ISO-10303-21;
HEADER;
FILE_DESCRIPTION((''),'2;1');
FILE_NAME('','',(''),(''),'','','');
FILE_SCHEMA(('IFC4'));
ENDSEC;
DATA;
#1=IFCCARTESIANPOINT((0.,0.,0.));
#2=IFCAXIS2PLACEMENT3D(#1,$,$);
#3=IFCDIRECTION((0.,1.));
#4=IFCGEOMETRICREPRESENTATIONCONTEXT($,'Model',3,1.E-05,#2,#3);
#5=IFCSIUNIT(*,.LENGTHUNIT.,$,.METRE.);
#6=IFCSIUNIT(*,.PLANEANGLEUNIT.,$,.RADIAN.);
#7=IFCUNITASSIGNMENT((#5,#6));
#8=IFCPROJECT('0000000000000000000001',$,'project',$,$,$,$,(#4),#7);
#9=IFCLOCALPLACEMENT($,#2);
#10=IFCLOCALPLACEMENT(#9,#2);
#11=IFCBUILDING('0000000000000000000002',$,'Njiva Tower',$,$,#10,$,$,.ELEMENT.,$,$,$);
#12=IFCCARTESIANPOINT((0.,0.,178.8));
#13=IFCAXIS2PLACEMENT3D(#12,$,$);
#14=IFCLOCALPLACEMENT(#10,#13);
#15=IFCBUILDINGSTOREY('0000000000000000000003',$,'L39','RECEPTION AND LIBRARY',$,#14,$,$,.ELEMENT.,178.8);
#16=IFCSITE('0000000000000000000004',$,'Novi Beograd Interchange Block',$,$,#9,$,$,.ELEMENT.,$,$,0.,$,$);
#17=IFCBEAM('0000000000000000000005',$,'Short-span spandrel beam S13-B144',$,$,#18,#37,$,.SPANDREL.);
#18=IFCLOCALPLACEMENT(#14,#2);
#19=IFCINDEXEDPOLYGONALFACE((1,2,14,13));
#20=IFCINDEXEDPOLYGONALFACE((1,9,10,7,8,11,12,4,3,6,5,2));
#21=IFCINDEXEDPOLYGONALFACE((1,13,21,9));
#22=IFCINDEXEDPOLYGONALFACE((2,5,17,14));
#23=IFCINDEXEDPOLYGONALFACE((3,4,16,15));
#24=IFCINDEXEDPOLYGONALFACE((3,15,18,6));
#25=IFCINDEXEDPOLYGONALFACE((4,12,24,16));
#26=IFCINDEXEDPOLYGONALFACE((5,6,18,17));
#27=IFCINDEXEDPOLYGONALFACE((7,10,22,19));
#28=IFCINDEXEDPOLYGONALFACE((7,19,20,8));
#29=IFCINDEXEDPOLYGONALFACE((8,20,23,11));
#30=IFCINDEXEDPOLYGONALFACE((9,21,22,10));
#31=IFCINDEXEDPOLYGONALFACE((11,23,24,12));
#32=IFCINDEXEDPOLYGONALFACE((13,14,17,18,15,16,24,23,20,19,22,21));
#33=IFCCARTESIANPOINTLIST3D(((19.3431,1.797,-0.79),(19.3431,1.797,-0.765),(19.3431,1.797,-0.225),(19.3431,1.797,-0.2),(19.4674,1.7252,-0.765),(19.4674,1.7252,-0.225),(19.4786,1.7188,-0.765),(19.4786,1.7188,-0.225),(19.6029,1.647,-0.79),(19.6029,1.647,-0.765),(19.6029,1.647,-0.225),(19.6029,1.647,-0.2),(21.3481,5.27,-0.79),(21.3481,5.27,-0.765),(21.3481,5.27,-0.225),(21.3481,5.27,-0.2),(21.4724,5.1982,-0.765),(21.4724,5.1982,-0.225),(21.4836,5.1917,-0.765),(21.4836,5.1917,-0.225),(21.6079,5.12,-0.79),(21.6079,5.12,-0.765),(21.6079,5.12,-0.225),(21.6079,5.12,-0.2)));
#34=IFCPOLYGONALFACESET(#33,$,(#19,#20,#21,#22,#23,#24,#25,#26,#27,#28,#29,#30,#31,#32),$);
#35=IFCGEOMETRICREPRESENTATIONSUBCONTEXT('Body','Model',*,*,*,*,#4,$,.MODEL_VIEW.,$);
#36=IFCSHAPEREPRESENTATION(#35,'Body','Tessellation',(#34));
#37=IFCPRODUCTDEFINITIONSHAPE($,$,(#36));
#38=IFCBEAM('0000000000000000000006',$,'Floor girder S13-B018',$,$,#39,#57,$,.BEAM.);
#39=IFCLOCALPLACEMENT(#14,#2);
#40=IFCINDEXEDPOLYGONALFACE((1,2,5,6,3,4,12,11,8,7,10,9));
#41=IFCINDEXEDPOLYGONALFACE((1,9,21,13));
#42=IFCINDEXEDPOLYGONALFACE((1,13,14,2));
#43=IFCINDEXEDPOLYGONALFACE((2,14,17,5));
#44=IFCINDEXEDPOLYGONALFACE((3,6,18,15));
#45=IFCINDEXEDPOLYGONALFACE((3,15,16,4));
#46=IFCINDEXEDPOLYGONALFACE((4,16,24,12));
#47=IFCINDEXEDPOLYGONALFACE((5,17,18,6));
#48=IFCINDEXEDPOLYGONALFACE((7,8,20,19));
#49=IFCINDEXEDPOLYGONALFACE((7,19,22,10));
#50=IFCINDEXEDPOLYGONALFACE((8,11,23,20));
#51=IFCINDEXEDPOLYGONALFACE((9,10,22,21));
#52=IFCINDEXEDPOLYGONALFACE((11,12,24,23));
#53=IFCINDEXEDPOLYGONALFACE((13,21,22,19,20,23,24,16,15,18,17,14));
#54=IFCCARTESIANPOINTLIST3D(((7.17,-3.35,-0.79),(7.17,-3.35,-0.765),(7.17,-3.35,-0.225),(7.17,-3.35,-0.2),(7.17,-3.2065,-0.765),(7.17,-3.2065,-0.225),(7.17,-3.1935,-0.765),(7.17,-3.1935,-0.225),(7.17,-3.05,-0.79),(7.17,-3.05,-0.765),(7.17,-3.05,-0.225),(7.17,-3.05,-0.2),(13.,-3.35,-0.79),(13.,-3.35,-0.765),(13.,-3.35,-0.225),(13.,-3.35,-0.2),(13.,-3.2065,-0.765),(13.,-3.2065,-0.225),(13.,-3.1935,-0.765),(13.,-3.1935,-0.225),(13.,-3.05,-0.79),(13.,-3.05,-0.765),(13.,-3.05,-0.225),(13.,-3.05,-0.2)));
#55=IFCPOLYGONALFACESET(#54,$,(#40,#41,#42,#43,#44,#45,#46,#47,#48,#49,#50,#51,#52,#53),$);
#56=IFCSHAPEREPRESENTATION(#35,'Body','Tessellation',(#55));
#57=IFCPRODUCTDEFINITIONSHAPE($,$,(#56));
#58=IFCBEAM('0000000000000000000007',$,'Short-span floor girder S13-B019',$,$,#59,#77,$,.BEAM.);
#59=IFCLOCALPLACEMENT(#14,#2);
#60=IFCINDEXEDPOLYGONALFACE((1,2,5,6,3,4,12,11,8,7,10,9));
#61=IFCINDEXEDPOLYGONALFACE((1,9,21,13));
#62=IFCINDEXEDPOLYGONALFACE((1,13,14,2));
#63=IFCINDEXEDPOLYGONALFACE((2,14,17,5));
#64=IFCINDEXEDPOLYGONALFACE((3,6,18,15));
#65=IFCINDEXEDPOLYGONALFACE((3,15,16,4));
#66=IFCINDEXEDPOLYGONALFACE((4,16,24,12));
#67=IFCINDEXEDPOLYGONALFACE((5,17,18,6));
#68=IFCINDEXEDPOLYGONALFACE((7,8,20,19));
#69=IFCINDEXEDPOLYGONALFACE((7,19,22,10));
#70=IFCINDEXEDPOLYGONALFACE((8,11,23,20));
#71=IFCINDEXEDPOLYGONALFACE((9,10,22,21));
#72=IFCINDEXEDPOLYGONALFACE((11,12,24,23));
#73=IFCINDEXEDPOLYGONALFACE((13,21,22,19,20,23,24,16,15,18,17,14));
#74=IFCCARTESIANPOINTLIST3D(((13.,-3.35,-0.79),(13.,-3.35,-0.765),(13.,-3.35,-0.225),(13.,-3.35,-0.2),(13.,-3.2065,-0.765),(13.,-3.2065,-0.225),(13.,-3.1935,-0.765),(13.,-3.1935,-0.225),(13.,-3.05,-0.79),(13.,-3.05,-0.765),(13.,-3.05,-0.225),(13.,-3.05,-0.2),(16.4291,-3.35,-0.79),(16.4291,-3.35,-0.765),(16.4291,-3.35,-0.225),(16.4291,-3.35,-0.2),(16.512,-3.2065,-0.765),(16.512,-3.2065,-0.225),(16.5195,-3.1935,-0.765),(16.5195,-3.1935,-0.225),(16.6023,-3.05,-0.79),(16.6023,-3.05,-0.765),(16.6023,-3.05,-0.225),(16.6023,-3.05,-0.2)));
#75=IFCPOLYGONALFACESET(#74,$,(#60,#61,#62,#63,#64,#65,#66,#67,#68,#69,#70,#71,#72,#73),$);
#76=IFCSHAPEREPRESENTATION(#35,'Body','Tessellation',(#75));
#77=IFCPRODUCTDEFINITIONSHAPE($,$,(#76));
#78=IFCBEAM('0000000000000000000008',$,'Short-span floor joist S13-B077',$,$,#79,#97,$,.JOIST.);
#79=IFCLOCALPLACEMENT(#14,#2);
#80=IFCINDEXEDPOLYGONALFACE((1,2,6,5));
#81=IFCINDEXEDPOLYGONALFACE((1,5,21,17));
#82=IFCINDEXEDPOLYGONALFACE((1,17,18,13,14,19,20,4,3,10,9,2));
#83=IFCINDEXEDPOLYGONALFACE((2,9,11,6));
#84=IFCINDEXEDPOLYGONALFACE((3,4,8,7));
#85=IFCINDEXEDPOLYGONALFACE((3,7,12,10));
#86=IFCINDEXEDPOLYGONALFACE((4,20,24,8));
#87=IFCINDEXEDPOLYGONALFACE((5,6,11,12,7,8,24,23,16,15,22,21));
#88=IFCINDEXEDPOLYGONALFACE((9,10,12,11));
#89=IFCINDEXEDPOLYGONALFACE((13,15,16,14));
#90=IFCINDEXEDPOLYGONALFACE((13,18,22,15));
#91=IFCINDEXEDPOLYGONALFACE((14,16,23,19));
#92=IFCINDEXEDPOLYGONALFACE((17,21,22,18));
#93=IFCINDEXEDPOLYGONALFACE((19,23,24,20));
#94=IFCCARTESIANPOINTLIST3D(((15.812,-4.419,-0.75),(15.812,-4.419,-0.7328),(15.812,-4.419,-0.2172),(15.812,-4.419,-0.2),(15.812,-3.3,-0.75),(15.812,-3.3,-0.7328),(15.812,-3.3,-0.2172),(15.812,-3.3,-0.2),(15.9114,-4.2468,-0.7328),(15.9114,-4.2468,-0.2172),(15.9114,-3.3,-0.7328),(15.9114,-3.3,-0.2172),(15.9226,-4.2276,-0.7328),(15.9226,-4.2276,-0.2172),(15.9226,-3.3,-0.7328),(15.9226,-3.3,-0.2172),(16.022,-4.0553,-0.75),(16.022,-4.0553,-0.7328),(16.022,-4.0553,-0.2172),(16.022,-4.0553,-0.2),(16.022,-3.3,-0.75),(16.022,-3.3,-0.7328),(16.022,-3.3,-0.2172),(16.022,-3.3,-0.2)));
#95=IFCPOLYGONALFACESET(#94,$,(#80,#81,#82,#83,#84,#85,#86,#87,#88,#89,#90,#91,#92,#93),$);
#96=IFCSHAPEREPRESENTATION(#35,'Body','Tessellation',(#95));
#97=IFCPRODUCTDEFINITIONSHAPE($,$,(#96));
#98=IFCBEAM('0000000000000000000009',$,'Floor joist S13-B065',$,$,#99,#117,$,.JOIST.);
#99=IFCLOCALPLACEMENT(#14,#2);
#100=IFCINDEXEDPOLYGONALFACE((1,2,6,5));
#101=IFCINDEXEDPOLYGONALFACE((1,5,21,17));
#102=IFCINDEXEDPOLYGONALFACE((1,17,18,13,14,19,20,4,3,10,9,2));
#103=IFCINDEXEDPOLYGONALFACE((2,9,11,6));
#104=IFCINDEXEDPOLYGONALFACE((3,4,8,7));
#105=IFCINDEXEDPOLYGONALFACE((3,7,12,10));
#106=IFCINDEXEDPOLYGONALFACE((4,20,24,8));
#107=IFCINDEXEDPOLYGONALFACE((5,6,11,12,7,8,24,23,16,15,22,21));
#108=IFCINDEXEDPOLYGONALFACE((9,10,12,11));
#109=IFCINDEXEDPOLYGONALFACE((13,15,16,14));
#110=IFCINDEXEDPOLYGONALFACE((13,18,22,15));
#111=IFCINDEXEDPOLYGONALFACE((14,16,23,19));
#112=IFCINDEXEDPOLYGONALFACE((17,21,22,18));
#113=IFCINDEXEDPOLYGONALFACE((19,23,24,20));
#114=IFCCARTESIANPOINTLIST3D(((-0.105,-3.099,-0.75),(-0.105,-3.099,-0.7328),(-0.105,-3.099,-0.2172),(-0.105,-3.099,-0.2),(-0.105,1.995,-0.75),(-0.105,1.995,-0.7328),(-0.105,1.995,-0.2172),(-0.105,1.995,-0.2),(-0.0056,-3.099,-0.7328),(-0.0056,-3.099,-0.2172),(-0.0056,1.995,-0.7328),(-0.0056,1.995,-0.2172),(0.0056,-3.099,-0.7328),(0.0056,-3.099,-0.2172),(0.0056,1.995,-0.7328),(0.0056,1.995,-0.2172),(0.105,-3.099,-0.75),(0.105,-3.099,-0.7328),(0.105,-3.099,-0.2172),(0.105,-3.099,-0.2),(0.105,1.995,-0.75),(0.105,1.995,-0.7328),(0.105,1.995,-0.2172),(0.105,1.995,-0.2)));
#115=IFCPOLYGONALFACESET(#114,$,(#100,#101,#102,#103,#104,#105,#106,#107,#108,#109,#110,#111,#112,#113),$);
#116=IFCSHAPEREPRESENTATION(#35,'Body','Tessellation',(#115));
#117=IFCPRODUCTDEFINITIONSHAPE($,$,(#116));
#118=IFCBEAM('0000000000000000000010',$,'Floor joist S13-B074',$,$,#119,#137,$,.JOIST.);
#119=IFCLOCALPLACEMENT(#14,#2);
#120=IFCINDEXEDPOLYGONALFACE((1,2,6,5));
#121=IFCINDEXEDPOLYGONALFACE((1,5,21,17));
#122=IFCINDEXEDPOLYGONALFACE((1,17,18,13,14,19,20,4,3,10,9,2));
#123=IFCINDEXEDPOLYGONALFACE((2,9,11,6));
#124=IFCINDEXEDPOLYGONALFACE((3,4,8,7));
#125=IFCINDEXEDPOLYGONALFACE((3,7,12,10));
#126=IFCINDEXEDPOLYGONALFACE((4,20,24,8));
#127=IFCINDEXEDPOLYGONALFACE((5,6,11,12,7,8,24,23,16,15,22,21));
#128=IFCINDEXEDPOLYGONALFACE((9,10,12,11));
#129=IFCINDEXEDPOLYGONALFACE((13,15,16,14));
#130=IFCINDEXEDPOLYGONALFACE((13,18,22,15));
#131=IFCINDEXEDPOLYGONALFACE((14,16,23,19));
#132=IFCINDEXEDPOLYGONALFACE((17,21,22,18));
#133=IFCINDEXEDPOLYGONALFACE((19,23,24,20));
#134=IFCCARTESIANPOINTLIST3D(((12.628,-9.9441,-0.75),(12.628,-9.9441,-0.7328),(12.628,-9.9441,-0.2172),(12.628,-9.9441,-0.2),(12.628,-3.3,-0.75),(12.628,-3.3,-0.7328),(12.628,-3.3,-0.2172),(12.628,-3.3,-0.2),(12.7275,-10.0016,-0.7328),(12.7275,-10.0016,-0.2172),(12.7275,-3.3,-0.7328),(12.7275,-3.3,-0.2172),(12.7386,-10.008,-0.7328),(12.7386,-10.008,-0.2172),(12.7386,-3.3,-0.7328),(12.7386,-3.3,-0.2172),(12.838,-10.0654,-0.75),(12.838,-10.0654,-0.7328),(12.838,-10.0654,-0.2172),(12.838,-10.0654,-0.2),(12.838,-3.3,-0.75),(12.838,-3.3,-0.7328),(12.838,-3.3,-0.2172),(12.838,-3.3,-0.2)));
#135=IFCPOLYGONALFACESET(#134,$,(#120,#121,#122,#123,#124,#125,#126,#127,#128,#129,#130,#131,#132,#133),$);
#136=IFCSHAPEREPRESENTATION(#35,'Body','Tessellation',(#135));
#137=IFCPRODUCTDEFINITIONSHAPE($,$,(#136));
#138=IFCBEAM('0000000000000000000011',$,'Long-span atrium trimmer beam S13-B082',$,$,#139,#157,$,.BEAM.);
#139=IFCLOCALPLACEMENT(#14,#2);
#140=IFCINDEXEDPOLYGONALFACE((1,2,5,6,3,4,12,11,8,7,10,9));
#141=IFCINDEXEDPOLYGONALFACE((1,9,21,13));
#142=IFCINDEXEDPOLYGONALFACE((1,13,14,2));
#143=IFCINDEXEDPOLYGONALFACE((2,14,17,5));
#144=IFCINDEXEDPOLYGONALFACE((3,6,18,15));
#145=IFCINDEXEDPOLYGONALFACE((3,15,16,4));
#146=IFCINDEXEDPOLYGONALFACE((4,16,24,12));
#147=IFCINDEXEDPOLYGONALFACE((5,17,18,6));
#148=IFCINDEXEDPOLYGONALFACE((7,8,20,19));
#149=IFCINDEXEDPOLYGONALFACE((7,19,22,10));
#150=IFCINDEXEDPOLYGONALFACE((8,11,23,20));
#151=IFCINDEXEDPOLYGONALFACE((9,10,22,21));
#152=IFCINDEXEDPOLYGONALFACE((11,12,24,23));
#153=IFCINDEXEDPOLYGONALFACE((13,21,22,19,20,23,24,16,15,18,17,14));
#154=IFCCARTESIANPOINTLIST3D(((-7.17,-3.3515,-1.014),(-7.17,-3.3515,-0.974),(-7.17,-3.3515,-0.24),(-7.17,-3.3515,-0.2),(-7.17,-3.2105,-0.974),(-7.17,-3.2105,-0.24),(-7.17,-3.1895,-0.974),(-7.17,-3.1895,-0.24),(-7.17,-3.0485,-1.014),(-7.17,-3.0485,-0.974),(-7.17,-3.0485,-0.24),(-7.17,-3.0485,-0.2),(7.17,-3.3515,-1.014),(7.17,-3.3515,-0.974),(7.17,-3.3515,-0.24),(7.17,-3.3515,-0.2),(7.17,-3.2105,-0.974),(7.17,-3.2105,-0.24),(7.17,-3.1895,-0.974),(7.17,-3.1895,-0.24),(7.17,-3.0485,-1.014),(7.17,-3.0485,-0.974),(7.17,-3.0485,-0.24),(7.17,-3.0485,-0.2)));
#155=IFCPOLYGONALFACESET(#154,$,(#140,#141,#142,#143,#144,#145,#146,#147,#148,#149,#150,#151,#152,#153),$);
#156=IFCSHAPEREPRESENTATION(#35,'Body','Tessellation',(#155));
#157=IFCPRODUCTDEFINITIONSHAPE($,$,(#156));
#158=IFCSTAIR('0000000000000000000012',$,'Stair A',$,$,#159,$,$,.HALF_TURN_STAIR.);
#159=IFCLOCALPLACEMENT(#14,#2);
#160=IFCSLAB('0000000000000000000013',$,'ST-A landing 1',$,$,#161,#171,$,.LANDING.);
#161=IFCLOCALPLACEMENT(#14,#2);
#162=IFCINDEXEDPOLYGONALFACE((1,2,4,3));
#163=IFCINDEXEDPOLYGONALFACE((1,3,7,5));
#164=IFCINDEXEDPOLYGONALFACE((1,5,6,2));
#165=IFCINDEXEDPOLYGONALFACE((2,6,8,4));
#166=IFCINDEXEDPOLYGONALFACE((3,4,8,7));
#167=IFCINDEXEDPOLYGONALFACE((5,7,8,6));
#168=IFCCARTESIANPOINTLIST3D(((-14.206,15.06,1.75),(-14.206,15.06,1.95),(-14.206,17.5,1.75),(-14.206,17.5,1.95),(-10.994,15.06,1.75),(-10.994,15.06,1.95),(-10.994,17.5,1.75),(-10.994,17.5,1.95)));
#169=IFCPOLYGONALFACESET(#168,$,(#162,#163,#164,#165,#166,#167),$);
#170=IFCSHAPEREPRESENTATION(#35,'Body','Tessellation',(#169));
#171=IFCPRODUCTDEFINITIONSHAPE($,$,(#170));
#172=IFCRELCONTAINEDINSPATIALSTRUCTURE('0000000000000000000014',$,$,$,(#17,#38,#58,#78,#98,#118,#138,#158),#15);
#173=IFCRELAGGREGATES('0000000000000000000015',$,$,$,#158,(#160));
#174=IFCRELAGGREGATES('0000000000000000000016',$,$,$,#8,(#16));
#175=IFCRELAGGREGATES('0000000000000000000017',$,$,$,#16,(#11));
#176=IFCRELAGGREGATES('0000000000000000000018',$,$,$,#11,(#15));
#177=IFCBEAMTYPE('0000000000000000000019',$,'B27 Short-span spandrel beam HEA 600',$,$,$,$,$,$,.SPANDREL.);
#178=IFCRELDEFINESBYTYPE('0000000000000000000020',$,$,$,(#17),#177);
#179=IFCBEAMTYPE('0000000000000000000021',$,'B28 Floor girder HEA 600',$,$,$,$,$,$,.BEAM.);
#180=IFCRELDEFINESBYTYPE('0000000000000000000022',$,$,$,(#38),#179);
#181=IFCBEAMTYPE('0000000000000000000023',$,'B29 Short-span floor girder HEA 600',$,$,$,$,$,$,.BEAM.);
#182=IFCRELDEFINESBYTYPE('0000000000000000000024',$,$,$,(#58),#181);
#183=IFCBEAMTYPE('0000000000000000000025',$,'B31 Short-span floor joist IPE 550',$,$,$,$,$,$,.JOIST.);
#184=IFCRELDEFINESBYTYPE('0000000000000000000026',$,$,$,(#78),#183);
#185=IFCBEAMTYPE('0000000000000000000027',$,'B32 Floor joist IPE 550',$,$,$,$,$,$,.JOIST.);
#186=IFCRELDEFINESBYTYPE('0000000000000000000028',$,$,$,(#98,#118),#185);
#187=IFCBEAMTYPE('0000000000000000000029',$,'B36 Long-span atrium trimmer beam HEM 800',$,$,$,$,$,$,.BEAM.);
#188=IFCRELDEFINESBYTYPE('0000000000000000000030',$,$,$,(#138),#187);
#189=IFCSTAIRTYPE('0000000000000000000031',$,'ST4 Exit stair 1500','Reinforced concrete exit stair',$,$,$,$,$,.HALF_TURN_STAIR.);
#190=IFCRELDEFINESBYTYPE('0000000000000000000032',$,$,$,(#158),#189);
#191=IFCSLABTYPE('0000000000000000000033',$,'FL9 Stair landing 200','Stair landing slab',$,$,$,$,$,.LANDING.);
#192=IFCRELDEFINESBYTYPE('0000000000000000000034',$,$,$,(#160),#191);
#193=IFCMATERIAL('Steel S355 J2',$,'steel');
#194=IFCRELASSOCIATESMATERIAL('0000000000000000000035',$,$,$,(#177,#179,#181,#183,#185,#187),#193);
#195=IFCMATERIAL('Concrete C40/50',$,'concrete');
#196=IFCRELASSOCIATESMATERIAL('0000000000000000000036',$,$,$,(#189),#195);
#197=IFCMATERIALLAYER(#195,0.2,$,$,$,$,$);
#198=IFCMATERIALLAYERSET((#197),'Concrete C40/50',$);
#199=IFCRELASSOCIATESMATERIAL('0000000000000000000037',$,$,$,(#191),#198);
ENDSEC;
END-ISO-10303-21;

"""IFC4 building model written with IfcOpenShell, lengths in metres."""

from ifc_helpers import new_model, si_unit, direction, frame, origin, origin_2d, place, context, subcontext, project, spatial, polyline, i_section, outline, extrude, clip, halfspace, material, layer, layer_set, material_profile, profile_set, type_object, element, aggregate, save


model = new_model("IFC4")

# Units and contexts
model_context = context("Model", 3, precision=1e-05, world=origin(), true_north=direction((0.0, 1.0)))
body_context = subcontext(model_context, "Body", "Model", "MODEL_VIEW")
ifc_project = project(units=[si_unit("LENGTHUNIT", "METRE"), si_unit("PLANEANGLEUNIT", "RADIAN")], contexts=[model_context])

# Site, building, storey
site_placement = place(None, origin())
site = spatial("IfcSite", under=ifc_project, at=site_placement, Name="Novi Beograd Interchange Block", CompositionType="ELEMENT", RefElevation=0.0)
building_placement = place(site_placement, origin())
building = spatial("IfcBuilding", under=site, at=building_placement, Name="Njiva Tower", CompositionType="ELEMENT")
storey_placement = place(building_placement, frame((0.0, 0.0, 178.8)))
storey = spatial("IfcBuildingStorey", under=building, at=storey_placement, Name="L39", Description="RECEPTION AND LIBRARY", CompositionType="ELEMENT", Elevation=178.8)

# Shared definitions
ifc_material_1 = material(Name="Steel S355 J2", Category="steel")

# Beams
ifc_material_profile_1 = material_profile(ifc_material_1, i_section(OverallWidth=0.3, OverallDepth=0.59, WebThickness=0.013, FlangeThickness=0.025, at=origin_2d()), Name="HEA 600")
ifc_profile_set_1 = profile_set([ifc_material_profile_1], Name="Steel S355 J2")
beam_type_1 = type_object("IfcBeamType", Name="B27 Short-span spandrel beam HEA 600", PredefinedType="SPANDREL", material=ifc_profile_set_1)
beam_1_placement = place(storey_placement, frame((19.473, 1.722, -0.495), z_axis=(0.499974, 0.86604, 0.0), x_axis=(-0.86604, 0.499974, 0.0)))
element("IfcBeam", 1, at=beam_1_placement, inside=storey, type_object=beam_type_1, Name="Short-span spandrel beam S13-B144", PredefinedType="SPANDREL", context=body_context, shape_type="SweptSolid", body=[
    extrude(i_section(OverallWidth=0.3, OverallDepth=0.59, WebThickness=0.013, FlangeThickness=0.025, at=origin_2d()), origin(), (0.0, 0.0, 1.0), 4.0102),
])
ifc_material_profile_2 = material_profile(ifc_material_1, i_section(OverallWidth=0.3, OverallDepth=0.59, WebThickness=0.013, FlangeThickness=0.025, at=origin_2d()), Name="HEA 600")
ifc_profile_set_2 = profile_set([ifc_material_profile_2], Name="Steel S355 J2")
beam_type_2 = type_object("IfcBeamType", Name="B28 Floor girder HEA 600", PredefinedType="BEAM", material=ifc_profile_set_2)
beam_2_placement = place(storey_placement, frame((7.17, -3.2, -0.495), z_axis=(1.0, 0.0, 0.0), x_axis=(0.0, 1.0, 0.0)))
element("IfcBeam", 2, at=beam_2_placement, inside=storey, type_object=beam_type_2, Name="Floor girder S13-B018", PredefinedType="BEAM", context=body_context, shape_type="SweptSolid", body=[
    extrude(i_section(OverallWidth=0.3, OverallDepth=0.59, WebThickness=0.013, FlangeThickness=0.025, at=origin_2d()), origin(), (0.0, 0.0, 1.0), 5.83),
])
ifc_material_profile_3 = material_profile(ifc_material_1, i_section(OverallWidth=0.3, OverallDepth=0.59, WebThickness=0.013, FlangeThickness=0.025, at=origin_2d()), Name="HEA 600")
ifc_profile_set_3 = profile_set([ifc_material_profile_3], Name="Steel S355 J2")
beam_type_3 = type_object("IfcBeamType", Name="B29 Short-span floor girder HEA 600", PredefinedType="BEAM", material=ifc_profile_set_3)
beam_3_placement = place(storey_placement, frame((13.0, -3.2, -0.495), z_axis=(1.0, 0.0, 0.0), x_axis=(0.0, 1.0, 0.0)))
element("IfcBeam", 3, at=beam_3_placement, inside=storey, type_object=beam_type_3, Name="Short-span floor girder S13-B019", PredefinedType="BEAM", context=body_context, shape_type="Clipping", body=[
    clip(extrude(i_section(OverallWidth=0.3, OverallDepth=0.59, WebThickness=0.013, FlangeThickness=0.025, at=origin_2d()), origin(), (0.0, 0.0, 1.0), 3.623), halfspace(frame((-0.025, 0.0, 3.5013), z_axis=(-0.499998, 0.0, 0.866027), x_axis=(0.0, 1.0, 0.0)), False)),
])
ifc_material_profile_4 = material_profile(ifc_material_1, i_section(OverallWidth=0.21, OverallDepth=0.55, WebThickness=0.0111, FlangeThickness=0.0172, at=origin_2d()), Name="IPE 550")
ifc_profile_set_4 = profile_set([ifc_material_profile_4], Name="Steel S355 J2")
beam_type_4 = type_object("IfcBeamType", Name="B31 Short-span floor joist IPE 550", PredefinedType="JOIST", material=ifc_profile_set_4)
beam_4_placement = place(storey_placement, frame((15.917, -3.3, -0.475), z_axis=(0.0, -1.0, 0.0), x_axis=(1.0, 0.0, 0.0)))
element("IfcBeam", 4, at=beam_4_placement, inside=storey, type_object=beam_type_4, Name="Short-span floor joist S13-B077", PredefinedType="JOIST", context=body_context, shape_type="Clipping", body=[
    clip(extrude(i_section(OverallWidth=0.21, OverallDepth=0.55, WebThickness=0.0111, FlangeThickness=0.0172, at=origin_2d()), origin(), (0.0, 0.0, 1.0), 1.14), halfspace(frame((0.043, 0.0, 0.8627), z_axis=(0.866027, 0.0, 0.499998), x_axis=(0.0, 1.0, 0.0)), False)),
])
ifc_material_profile_5 = material_profile(ifc_material_1, i_section(OverallWidth=0.21, OverallDepth=0.55, WebThickness=0.0111, FlangeThickness=0.0172, at=origin_2d()), Name="IPE 550")
ifc_profile_set_5 = profile_set([ifc_material_profile_5], Name="Steel S355 J2")
beam_type_5 = type_object("IfcBeamType", Name="B32 Floor joist IPE 550", PredefinedType="JOIST", material=ifc_profile_set_5)
beam_5_placement = place(storey_placement, frame((0.0, 1.995, -0.475), z_axis=(0.0, -1.0, 0.0), x_axis=(1.0, 0.0, 0.0)))
element("IfcBeam", 5, at=beam_5_placement, inside=storey, type_object=beam_type_5, Name="Floor joist S13-B065", PredefinedType="JOIST", context=body_context, shape_type="SweptSolid", body=[
    extrude(i_section(OverallWidth=0.21, OverallDepth=0.55, WebThickness=0.0111, FlangeThickness=0.0172, at=origin_2d()), origin(), (0.0, 0.0, 1.0), 5.094),
])
beam_6_placement = place(storey_placement, frame((12.733, -3.3, -0.475), z_axis=(0.0, -1.0, 0.0), x_axis=(1.0, 0.0, 0.0)))
element("IfcBeam", 6, at=beam_6_placement, inside=storey, type_object=beam_type_5, Name="Floor joist S13-B074", PredefinedType="JOIST", context=body_context, shape_type="Clipping", body=[
    clip(extrude(i_section(OverallWidth=0.21, OverallDepth=0.55, WebThickness=0.0111, FlangeThickness=0.0172, at=origin_2d()), origin(), (0.0, 0.0, 1.0), 6.786), halfspace(frame((-0.0247, 0.0, 6.6905), z_axis=(-0.499998, 0.0, 0.866027), x_axis=(0.0, 1.0, 0.0)), False)),
])
ifc_material_profile_6 = material_profile(ifc_material_1, i_section(OverallWidth=0.303, OverallDepth=0.814, WebThickness=0.021, FlangeThickness=0.04, at=origin_2d()), Name="HEM 800")
ifc_profile_set_6 = profile_set([ifc_material_profile_6], Name="Steel S355 J2")
beam_type_6 = type_object("IfcBeamType", Name="B36 Long-span atrium trimmer beam HEM 800", PredefinedType="BEAM", material=ifc_profile_set_6)
beam_7_placement = place(storey_placement, frame((7.17, -3.2, -0.607), z_axis=(-1.0, 0.0, 0.0), x_axis=(0.0, -1.0, 0.0)))
element("IfcBeam", 7, at=beam_7_placement, inside=storey, type_object=beam_type_6, Name="Long-span atrium trimmer beam S13-B082", PredefinedType="BEAM", context=body_context, shape_type="SweptSolid", body=[
    extrude(i_section(OverallWidth=0.303, OverallDepth=0.814, WebThickness=0.021, FlangeThickness=0.04, at=origin_2d()), origin(), (0.0, 0.0, 1.0), 14.34),
])

# Stair, slab
ifc_material_2 = material(Name="Concrete C40/50", Category="concrete")
stair_type_1 = type_object("IfcStairType", Name="ST4 Exit stair 1500", Description="Reinforced concrete exit stair", PredefinedType="HALF_TURN_STAIR", material=ifc_material_2)
stair_1_placement = place(storey_placement, origin())
stair_1 = element("IfcStair", 8, at=stair_1_placement, inside=storey, type_object=stair_type_1, Name="Stair A", PredefinedType="HALF_TURN_STAIR")
ifc_layer_1 = layer(ifc_material_2, 0.2)
ifc_layer_set_1 = layer_set([ifc_layer_1], Name="Concrete C40/50")
slab_type_1 = type_object("IfcSlabType", Name="FL9 Stair landing 200", Description="Stair landing slab", PredefinedType="LANDING", material=ifc_layer_set_1)
slab_1_placement = place(storey_placement, frame((0.0, 0.0, 1.75)))
slab_1 = element("IfcSlab", 9, at=slab_1_placement, type_object=slab_type_1, Name="ST-A landing 1", PredefinedType="LANDING", context=body_context, shape_type="SweptSolid", body=[
    extrude(outline(polyline([(-14.206, 15.06), (-10.994, 15.06), (-10.994, 17.5), (-14.206, 17.5), (-14.206, 15.06)])), origin(), (0.0, 0.0, 1.0), 0.2),
])
aggregate(stair_1, [slab_1])

save(model, "model.ifc")
